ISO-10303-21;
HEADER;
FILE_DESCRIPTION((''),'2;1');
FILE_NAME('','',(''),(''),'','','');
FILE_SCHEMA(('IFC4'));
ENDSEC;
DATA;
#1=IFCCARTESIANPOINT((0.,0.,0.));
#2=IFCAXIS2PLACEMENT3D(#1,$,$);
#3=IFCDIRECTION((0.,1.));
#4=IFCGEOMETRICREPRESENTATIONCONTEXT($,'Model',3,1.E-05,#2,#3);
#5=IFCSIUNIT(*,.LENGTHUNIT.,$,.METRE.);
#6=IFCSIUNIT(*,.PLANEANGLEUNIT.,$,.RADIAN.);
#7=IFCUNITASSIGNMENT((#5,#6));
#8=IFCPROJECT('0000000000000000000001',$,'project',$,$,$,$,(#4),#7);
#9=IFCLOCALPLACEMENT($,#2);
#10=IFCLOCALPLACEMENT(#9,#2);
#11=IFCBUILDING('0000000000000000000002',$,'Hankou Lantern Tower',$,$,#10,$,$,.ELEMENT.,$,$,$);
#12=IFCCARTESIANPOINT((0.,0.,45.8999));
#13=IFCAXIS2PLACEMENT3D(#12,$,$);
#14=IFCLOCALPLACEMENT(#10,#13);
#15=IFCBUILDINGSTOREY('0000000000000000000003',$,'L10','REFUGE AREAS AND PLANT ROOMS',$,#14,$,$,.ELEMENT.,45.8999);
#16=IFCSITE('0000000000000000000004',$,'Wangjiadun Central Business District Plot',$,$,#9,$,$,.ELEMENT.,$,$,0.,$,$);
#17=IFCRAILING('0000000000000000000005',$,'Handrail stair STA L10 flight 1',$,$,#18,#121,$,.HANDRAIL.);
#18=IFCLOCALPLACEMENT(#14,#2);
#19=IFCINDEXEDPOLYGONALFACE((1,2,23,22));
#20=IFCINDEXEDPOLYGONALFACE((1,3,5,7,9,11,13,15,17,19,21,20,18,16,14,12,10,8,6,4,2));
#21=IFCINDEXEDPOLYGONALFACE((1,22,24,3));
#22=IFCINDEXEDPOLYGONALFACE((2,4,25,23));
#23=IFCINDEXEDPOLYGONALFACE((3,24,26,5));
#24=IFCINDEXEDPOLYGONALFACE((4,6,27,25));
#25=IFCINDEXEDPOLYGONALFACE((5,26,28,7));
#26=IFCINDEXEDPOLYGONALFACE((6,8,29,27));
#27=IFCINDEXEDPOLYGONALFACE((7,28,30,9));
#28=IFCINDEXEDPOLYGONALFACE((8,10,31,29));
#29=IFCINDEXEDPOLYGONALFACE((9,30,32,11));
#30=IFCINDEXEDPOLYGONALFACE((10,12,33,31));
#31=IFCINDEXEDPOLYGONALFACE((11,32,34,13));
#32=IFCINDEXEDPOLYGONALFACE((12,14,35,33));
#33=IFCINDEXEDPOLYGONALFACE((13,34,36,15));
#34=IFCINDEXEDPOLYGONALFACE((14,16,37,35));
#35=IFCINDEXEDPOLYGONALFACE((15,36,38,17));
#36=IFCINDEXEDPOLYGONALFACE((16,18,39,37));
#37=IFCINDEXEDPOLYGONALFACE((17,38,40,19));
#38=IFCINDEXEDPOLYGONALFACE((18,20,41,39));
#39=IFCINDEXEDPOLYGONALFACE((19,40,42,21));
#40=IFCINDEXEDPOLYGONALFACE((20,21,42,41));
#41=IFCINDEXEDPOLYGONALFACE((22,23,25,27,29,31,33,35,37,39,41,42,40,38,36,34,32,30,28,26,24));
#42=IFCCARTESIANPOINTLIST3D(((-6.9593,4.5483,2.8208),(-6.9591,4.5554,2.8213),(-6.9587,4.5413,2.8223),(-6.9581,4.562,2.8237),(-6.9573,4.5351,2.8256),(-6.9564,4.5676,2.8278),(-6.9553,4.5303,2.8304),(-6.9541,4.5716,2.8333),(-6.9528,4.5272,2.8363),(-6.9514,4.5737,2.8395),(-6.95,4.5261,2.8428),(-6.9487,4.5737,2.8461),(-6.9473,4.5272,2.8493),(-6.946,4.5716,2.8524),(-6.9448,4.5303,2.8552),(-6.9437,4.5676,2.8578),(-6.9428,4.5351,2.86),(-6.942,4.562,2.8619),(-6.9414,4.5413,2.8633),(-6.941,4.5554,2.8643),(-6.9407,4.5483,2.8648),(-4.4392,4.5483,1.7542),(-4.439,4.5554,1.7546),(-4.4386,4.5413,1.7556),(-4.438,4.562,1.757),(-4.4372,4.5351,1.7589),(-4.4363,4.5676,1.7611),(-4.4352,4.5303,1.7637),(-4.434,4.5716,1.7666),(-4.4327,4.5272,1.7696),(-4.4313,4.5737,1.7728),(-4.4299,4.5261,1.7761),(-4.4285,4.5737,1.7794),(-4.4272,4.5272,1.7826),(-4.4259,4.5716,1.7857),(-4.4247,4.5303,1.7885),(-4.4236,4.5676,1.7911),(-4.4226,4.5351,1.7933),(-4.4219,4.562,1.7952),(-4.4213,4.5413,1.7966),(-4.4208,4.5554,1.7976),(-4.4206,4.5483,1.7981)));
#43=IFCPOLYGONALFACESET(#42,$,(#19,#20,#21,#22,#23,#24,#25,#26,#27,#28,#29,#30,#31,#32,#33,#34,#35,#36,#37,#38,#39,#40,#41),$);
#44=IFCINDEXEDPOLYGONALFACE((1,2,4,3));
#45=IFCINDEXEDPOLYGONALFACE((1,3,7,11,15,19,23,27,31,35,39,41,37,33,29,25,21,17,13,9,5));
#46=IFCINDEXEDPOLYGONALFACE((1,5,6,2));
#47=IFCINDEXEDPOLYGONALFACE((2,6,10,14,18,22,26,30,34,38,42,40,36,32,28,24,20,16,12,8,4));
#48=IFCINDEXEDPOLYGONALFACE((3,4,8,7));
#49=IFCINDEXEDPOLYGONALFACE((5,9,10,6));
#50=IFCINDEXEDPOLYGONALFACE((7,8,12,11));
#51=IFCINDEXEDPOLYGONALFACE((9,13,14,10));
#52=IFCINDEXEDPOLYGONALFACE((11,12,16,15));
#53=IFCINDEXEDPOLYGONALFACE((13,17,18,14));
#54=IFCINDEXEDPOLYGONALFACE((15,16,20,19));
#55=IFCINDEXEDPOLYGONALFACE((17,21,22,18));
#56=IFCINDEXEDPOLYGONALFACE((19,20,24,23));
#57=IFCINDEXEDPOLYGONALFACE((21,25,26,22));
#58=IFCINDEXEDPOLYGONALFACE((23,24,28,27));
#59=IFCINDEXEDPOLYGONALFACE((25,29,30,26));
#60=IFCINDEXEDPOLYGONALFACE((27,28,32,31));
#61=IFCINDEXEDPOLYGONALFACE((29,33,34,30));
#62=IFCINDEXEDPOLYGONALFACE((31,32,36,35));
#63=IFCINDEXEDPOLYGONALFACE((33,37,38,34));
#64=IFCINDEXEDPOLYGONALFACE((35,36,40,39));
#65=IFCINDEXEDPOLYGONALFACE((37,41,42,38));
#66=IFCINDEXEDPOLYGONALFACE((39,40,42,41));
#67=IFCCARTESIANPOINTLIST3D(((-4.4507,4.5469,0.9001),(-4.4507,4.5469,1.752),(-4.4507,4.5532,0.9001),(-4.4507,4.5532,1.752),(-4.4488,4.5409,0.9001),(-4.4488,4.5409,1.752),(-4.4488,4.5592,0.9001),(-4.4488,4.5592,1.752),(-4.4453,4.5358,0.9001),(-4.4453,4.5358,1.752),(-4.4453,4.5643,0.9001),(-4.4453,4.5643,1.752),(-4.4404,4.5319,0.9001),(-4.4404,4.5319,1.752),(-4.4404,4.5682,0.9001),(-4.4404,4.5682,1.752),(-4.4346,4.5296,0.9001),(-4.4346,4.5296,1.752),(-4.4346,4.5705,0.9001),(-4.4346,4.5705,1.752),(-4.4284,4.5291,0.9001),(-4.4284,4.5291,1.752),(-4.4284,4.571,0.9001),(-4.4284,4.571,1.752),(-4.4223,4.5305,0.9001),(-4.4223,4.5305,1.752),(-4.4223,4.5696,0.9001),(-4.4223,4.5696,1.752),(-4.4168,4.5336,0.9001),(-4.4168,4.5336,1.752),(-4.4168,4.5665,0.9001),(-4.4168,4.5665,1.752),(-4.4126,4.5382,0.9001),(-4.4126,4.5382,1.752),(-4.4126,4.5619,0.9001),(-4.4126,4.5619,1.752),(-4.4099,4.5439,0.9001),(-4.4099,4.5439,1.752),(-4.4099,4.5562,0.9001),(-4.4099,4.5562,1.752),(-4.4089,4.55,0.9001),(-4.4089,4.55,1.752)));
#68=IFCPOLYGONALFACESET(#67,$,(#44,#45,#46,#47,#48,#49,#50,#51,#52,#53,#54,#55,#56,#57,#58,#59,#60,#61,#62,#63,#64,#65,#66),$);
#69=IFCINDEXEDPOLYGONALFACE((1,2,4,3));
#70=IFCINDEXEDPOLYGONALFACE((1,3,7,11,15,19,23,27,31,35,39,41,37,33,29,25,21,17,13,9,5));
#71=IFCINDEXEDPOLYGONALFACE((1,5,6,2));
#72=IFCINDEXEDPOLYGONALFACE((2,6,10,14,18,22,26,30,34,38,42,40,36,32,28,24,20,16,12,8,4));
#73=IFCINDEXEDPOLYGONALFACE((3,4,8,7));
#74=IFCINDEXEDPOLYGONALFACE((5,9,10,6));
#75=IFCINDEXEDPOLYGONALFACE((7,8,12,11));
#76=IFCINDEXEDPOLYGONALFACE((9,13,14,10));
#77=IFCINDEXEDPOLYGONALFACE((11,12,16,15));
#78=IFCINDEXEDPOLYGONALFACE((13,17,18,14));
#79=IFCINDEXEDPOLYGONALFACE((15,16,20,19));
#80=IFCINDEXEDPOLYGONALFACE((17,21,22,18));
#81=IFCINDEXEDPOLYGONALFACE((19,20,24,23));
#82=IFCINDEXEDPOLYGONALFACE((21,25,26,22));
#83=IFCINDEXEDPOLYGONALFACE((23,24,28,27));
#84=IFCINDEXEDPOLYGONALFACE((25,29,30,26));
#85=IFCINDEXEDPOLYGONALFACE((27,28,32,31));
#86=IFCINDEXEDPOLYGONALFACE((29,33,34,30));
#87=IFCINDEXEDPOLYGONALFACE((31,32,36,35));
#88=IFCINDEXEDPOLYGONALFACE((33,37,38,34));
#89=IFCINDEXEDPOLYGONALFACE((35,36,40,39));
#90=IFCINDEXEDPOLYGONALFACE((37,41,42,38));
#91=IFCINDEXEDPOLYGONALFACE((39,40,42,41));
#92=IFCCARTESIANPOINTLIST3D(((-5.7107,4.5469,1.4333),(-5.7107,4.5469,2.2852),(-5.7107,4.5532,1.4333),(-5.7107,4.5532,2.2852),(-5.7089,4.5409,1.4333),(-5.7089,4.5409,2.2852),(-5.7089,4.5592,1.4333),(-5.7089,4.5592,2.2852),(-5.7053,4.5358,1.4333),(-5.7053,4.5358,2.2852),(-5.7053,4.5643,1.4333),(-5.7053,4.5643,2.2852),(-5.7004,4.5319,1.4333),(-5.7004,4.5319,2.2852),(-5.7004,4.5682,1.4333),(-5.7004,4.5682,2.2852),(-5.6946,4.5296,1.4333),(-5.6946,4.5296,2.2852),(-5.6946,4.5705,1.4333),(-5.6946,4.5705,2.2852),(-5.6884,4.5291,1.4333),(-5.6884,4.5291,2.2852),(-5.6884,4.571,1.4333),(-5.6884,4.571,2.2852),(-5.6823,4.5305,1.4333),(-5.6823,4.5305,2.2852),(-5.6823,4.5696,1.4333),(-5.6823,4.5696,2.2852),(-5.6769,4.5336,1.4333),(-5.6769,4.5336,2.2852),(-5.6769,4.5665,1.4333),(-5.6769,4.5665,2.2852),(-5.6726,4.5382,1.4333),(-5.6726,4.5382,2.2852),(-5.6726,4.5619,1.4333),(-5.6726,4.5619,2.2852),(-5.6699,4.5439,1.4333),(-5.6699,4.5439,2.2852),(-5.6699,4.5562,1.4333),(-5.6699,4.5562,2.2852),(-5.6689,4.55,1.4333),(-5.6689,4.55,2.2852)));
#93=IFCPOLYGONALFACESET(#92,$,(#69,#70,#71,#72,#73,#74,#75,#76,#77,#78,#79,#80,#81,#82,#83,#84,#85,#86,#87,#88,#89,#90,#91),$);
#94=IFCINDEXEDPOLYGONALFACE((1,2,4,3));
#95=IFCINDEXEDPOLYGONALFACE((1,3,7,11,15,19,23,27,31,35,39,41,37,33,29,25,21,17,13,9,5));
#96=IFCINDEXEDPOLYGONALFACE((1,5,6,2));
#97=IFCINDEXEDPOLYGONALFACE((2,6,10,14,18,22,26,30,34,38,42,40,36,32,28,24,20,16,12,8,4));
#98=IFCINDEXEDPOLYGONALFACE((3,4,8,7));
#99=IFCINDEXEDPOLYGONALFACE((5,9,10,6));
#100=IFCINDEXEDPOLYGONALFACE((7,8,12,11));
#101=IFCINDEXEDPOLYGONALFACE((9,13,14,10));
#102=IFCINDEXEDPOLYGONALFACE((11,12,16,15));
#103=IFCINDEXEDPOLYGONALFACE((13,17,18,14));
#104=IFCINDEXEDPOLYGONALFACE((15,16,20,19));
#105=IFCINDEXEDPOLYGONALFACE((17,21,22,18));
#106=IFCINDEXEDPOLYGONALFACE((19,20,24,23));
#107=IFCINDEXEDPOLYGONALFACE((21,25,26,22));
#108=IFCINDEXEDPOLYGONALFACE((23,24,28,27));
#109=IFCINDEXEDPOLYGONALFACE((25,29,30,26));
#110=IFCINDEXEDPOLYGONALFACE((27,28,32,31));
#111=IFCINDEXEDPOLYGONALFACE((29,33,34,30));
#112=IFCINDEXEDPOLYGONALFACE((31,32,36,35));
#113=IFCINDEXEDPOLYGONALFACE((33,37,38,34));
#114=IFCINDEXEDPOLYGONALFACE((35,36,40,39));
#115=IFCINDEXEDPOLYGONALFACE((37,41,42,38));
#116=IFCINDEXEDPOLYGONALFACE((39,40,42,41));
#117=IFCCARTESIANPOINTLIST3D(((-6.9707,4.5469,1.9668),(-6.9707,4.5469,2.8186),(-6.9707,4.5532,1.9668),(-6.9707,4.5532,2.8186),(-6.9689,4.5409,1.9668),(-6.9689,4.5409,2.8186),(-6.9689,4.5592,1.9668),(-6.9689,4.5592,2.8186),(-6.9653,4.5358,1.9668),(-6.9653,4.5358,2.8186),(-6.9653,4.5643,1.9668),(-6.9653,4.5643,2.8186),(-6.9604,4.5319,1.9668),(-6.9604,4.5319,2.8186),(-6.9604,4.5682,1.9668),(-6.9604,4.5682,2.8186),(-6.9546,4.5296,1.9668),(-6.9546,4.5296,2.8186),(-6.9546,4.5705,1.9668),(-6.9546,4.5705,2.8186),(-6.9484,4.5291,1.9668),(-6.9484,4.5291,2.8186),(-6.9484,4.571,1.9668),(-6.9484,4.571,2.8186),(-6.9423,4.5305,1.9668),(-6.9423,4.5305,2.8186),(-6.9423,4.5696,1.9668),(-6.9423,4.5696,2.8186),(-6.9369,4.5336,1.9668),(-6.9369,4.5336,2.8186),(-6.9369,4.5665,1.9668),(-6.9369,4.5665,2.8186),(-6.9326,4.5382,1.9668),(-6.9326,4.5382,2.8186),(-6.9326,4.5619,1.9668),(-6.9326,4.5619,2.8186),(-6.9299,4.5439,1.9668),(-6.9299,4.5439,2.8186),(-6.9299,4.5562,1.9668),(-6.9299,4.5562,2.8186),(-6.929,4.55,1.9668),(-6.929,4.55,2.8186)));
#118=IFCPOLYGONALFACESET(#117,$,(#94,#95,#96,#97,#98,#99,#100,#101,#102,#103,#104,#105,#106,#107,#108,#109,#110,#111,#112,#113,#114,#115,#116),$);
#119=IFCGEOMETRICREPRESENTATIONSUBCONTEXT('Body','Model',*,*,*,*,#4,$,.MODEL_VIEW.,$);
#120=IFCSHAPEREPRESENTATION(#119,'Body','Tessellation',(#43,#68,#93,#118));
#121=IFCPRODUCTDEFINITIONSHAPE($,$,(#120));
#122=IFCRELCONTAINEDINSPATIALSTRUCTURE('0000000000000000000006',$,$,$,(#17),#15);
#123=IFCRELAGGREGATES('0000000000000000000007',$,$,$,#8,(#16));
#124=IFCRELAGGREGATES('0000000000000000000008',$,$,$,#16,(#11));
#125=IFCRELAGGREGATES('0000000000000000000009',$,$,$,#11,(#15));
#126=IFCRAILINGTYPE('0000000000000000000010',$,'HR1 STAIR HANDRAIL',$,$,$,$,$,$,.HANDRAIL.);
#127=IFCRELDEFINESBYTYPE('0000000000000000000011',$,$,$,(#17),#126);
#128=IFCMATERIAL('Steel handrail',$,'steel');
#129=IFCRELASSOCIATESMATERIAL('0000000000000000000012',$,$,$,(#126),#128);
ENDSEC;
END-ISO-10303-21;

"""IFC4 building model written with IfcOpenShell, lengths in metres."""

from ifc_helpers import new_model, si_unit, direction, frame, origin, origin_2d, place, context, subcontext, project, spatial, circle, extrude, material, type_object, element, save


model = new_model("IFC4")

# Units and contexts
model_context = context("Model", 3, precision=1e-05, world=origin(), true_north=direction((0.0, 1.0)))
body_context = subcontext(model_context, "Body", "Model", "MODEL_VIEW")
ifc_project = project(units=[si_unit("LENGTHUNIT", "METRE"), si_unit("PLANEANGLEUNIT", "RADIAN")], contexts=[model_context])

# Site, building, storey
site_placement = place(None, origin())
site = spatial("IfcSite", under=ifc_project, at=site_placement, Name="Wangjiadun Central Business District Plot", CompositionType="ELEMENT", RefElevation=0.0)
building_placement = place(site_placement, origin())
building = spatial("IfcBuilding", under=site, at=building_placement, Name="Hankou Lantern Tower", CompositionType="ELEMENT")
storey_placement = place(building_placement, frame((0.0, 0.0, 45.8999)))
storey = spatial("IfcBuildingStorey", under=building, at=storey_placement, Name="L10", Description="REFUGE AREAS AND PLANT ROOMS", CompositionType="ELEMENT", Elevation=45.8999)

# Railing
ifc_material_1 = material(Name="Steel handrail", Category="steel")
railing_type = type_object("IfcRailingType", Name="HR1 STAIR HANDRAIL", PredefinedType="HANDRAIL", material=ifc_material_1)
railing_1_placement = place(storey_placement, frame((-4.4299, 4.55, 0.9001)))
element("IfcRailing", 1, at=railing_1_placement, inside=storey, type_object=railing_type, Name="Handrail stair STA L10 flight 1", PredefinedType="HANDRAIL", context=body_context, shape_type="SweptSolid", body=[
    extrude(circle(Radius=0.0239, at=origin_2d()), frame((0.0, 0.0, 0.876), z_axis=(-0.920903, 0.0, 0.389791), x_axis=(0.0, -1.0, 0.0)), (0.0, 0.0, 1.0), 2.7366),
    extrude(circle(Radius=0.021, at=origin_2d()), origin(), (0.0, 0.0, 1.0), 0.8518),
    extrude(circle(Radius=0.021, at=origin_2d()), frame((-1.26, 0.0, 0.5332)), (0.0, 0.0, 1.0), 0.8518),
    extrude(circle(Radius=0.021, at=origin_2d()), frame((-2.52, 0.0, 1.0667)), (0.0, 0.0, 1.0), 0.8518),
])

save(model, "model.ifc")
